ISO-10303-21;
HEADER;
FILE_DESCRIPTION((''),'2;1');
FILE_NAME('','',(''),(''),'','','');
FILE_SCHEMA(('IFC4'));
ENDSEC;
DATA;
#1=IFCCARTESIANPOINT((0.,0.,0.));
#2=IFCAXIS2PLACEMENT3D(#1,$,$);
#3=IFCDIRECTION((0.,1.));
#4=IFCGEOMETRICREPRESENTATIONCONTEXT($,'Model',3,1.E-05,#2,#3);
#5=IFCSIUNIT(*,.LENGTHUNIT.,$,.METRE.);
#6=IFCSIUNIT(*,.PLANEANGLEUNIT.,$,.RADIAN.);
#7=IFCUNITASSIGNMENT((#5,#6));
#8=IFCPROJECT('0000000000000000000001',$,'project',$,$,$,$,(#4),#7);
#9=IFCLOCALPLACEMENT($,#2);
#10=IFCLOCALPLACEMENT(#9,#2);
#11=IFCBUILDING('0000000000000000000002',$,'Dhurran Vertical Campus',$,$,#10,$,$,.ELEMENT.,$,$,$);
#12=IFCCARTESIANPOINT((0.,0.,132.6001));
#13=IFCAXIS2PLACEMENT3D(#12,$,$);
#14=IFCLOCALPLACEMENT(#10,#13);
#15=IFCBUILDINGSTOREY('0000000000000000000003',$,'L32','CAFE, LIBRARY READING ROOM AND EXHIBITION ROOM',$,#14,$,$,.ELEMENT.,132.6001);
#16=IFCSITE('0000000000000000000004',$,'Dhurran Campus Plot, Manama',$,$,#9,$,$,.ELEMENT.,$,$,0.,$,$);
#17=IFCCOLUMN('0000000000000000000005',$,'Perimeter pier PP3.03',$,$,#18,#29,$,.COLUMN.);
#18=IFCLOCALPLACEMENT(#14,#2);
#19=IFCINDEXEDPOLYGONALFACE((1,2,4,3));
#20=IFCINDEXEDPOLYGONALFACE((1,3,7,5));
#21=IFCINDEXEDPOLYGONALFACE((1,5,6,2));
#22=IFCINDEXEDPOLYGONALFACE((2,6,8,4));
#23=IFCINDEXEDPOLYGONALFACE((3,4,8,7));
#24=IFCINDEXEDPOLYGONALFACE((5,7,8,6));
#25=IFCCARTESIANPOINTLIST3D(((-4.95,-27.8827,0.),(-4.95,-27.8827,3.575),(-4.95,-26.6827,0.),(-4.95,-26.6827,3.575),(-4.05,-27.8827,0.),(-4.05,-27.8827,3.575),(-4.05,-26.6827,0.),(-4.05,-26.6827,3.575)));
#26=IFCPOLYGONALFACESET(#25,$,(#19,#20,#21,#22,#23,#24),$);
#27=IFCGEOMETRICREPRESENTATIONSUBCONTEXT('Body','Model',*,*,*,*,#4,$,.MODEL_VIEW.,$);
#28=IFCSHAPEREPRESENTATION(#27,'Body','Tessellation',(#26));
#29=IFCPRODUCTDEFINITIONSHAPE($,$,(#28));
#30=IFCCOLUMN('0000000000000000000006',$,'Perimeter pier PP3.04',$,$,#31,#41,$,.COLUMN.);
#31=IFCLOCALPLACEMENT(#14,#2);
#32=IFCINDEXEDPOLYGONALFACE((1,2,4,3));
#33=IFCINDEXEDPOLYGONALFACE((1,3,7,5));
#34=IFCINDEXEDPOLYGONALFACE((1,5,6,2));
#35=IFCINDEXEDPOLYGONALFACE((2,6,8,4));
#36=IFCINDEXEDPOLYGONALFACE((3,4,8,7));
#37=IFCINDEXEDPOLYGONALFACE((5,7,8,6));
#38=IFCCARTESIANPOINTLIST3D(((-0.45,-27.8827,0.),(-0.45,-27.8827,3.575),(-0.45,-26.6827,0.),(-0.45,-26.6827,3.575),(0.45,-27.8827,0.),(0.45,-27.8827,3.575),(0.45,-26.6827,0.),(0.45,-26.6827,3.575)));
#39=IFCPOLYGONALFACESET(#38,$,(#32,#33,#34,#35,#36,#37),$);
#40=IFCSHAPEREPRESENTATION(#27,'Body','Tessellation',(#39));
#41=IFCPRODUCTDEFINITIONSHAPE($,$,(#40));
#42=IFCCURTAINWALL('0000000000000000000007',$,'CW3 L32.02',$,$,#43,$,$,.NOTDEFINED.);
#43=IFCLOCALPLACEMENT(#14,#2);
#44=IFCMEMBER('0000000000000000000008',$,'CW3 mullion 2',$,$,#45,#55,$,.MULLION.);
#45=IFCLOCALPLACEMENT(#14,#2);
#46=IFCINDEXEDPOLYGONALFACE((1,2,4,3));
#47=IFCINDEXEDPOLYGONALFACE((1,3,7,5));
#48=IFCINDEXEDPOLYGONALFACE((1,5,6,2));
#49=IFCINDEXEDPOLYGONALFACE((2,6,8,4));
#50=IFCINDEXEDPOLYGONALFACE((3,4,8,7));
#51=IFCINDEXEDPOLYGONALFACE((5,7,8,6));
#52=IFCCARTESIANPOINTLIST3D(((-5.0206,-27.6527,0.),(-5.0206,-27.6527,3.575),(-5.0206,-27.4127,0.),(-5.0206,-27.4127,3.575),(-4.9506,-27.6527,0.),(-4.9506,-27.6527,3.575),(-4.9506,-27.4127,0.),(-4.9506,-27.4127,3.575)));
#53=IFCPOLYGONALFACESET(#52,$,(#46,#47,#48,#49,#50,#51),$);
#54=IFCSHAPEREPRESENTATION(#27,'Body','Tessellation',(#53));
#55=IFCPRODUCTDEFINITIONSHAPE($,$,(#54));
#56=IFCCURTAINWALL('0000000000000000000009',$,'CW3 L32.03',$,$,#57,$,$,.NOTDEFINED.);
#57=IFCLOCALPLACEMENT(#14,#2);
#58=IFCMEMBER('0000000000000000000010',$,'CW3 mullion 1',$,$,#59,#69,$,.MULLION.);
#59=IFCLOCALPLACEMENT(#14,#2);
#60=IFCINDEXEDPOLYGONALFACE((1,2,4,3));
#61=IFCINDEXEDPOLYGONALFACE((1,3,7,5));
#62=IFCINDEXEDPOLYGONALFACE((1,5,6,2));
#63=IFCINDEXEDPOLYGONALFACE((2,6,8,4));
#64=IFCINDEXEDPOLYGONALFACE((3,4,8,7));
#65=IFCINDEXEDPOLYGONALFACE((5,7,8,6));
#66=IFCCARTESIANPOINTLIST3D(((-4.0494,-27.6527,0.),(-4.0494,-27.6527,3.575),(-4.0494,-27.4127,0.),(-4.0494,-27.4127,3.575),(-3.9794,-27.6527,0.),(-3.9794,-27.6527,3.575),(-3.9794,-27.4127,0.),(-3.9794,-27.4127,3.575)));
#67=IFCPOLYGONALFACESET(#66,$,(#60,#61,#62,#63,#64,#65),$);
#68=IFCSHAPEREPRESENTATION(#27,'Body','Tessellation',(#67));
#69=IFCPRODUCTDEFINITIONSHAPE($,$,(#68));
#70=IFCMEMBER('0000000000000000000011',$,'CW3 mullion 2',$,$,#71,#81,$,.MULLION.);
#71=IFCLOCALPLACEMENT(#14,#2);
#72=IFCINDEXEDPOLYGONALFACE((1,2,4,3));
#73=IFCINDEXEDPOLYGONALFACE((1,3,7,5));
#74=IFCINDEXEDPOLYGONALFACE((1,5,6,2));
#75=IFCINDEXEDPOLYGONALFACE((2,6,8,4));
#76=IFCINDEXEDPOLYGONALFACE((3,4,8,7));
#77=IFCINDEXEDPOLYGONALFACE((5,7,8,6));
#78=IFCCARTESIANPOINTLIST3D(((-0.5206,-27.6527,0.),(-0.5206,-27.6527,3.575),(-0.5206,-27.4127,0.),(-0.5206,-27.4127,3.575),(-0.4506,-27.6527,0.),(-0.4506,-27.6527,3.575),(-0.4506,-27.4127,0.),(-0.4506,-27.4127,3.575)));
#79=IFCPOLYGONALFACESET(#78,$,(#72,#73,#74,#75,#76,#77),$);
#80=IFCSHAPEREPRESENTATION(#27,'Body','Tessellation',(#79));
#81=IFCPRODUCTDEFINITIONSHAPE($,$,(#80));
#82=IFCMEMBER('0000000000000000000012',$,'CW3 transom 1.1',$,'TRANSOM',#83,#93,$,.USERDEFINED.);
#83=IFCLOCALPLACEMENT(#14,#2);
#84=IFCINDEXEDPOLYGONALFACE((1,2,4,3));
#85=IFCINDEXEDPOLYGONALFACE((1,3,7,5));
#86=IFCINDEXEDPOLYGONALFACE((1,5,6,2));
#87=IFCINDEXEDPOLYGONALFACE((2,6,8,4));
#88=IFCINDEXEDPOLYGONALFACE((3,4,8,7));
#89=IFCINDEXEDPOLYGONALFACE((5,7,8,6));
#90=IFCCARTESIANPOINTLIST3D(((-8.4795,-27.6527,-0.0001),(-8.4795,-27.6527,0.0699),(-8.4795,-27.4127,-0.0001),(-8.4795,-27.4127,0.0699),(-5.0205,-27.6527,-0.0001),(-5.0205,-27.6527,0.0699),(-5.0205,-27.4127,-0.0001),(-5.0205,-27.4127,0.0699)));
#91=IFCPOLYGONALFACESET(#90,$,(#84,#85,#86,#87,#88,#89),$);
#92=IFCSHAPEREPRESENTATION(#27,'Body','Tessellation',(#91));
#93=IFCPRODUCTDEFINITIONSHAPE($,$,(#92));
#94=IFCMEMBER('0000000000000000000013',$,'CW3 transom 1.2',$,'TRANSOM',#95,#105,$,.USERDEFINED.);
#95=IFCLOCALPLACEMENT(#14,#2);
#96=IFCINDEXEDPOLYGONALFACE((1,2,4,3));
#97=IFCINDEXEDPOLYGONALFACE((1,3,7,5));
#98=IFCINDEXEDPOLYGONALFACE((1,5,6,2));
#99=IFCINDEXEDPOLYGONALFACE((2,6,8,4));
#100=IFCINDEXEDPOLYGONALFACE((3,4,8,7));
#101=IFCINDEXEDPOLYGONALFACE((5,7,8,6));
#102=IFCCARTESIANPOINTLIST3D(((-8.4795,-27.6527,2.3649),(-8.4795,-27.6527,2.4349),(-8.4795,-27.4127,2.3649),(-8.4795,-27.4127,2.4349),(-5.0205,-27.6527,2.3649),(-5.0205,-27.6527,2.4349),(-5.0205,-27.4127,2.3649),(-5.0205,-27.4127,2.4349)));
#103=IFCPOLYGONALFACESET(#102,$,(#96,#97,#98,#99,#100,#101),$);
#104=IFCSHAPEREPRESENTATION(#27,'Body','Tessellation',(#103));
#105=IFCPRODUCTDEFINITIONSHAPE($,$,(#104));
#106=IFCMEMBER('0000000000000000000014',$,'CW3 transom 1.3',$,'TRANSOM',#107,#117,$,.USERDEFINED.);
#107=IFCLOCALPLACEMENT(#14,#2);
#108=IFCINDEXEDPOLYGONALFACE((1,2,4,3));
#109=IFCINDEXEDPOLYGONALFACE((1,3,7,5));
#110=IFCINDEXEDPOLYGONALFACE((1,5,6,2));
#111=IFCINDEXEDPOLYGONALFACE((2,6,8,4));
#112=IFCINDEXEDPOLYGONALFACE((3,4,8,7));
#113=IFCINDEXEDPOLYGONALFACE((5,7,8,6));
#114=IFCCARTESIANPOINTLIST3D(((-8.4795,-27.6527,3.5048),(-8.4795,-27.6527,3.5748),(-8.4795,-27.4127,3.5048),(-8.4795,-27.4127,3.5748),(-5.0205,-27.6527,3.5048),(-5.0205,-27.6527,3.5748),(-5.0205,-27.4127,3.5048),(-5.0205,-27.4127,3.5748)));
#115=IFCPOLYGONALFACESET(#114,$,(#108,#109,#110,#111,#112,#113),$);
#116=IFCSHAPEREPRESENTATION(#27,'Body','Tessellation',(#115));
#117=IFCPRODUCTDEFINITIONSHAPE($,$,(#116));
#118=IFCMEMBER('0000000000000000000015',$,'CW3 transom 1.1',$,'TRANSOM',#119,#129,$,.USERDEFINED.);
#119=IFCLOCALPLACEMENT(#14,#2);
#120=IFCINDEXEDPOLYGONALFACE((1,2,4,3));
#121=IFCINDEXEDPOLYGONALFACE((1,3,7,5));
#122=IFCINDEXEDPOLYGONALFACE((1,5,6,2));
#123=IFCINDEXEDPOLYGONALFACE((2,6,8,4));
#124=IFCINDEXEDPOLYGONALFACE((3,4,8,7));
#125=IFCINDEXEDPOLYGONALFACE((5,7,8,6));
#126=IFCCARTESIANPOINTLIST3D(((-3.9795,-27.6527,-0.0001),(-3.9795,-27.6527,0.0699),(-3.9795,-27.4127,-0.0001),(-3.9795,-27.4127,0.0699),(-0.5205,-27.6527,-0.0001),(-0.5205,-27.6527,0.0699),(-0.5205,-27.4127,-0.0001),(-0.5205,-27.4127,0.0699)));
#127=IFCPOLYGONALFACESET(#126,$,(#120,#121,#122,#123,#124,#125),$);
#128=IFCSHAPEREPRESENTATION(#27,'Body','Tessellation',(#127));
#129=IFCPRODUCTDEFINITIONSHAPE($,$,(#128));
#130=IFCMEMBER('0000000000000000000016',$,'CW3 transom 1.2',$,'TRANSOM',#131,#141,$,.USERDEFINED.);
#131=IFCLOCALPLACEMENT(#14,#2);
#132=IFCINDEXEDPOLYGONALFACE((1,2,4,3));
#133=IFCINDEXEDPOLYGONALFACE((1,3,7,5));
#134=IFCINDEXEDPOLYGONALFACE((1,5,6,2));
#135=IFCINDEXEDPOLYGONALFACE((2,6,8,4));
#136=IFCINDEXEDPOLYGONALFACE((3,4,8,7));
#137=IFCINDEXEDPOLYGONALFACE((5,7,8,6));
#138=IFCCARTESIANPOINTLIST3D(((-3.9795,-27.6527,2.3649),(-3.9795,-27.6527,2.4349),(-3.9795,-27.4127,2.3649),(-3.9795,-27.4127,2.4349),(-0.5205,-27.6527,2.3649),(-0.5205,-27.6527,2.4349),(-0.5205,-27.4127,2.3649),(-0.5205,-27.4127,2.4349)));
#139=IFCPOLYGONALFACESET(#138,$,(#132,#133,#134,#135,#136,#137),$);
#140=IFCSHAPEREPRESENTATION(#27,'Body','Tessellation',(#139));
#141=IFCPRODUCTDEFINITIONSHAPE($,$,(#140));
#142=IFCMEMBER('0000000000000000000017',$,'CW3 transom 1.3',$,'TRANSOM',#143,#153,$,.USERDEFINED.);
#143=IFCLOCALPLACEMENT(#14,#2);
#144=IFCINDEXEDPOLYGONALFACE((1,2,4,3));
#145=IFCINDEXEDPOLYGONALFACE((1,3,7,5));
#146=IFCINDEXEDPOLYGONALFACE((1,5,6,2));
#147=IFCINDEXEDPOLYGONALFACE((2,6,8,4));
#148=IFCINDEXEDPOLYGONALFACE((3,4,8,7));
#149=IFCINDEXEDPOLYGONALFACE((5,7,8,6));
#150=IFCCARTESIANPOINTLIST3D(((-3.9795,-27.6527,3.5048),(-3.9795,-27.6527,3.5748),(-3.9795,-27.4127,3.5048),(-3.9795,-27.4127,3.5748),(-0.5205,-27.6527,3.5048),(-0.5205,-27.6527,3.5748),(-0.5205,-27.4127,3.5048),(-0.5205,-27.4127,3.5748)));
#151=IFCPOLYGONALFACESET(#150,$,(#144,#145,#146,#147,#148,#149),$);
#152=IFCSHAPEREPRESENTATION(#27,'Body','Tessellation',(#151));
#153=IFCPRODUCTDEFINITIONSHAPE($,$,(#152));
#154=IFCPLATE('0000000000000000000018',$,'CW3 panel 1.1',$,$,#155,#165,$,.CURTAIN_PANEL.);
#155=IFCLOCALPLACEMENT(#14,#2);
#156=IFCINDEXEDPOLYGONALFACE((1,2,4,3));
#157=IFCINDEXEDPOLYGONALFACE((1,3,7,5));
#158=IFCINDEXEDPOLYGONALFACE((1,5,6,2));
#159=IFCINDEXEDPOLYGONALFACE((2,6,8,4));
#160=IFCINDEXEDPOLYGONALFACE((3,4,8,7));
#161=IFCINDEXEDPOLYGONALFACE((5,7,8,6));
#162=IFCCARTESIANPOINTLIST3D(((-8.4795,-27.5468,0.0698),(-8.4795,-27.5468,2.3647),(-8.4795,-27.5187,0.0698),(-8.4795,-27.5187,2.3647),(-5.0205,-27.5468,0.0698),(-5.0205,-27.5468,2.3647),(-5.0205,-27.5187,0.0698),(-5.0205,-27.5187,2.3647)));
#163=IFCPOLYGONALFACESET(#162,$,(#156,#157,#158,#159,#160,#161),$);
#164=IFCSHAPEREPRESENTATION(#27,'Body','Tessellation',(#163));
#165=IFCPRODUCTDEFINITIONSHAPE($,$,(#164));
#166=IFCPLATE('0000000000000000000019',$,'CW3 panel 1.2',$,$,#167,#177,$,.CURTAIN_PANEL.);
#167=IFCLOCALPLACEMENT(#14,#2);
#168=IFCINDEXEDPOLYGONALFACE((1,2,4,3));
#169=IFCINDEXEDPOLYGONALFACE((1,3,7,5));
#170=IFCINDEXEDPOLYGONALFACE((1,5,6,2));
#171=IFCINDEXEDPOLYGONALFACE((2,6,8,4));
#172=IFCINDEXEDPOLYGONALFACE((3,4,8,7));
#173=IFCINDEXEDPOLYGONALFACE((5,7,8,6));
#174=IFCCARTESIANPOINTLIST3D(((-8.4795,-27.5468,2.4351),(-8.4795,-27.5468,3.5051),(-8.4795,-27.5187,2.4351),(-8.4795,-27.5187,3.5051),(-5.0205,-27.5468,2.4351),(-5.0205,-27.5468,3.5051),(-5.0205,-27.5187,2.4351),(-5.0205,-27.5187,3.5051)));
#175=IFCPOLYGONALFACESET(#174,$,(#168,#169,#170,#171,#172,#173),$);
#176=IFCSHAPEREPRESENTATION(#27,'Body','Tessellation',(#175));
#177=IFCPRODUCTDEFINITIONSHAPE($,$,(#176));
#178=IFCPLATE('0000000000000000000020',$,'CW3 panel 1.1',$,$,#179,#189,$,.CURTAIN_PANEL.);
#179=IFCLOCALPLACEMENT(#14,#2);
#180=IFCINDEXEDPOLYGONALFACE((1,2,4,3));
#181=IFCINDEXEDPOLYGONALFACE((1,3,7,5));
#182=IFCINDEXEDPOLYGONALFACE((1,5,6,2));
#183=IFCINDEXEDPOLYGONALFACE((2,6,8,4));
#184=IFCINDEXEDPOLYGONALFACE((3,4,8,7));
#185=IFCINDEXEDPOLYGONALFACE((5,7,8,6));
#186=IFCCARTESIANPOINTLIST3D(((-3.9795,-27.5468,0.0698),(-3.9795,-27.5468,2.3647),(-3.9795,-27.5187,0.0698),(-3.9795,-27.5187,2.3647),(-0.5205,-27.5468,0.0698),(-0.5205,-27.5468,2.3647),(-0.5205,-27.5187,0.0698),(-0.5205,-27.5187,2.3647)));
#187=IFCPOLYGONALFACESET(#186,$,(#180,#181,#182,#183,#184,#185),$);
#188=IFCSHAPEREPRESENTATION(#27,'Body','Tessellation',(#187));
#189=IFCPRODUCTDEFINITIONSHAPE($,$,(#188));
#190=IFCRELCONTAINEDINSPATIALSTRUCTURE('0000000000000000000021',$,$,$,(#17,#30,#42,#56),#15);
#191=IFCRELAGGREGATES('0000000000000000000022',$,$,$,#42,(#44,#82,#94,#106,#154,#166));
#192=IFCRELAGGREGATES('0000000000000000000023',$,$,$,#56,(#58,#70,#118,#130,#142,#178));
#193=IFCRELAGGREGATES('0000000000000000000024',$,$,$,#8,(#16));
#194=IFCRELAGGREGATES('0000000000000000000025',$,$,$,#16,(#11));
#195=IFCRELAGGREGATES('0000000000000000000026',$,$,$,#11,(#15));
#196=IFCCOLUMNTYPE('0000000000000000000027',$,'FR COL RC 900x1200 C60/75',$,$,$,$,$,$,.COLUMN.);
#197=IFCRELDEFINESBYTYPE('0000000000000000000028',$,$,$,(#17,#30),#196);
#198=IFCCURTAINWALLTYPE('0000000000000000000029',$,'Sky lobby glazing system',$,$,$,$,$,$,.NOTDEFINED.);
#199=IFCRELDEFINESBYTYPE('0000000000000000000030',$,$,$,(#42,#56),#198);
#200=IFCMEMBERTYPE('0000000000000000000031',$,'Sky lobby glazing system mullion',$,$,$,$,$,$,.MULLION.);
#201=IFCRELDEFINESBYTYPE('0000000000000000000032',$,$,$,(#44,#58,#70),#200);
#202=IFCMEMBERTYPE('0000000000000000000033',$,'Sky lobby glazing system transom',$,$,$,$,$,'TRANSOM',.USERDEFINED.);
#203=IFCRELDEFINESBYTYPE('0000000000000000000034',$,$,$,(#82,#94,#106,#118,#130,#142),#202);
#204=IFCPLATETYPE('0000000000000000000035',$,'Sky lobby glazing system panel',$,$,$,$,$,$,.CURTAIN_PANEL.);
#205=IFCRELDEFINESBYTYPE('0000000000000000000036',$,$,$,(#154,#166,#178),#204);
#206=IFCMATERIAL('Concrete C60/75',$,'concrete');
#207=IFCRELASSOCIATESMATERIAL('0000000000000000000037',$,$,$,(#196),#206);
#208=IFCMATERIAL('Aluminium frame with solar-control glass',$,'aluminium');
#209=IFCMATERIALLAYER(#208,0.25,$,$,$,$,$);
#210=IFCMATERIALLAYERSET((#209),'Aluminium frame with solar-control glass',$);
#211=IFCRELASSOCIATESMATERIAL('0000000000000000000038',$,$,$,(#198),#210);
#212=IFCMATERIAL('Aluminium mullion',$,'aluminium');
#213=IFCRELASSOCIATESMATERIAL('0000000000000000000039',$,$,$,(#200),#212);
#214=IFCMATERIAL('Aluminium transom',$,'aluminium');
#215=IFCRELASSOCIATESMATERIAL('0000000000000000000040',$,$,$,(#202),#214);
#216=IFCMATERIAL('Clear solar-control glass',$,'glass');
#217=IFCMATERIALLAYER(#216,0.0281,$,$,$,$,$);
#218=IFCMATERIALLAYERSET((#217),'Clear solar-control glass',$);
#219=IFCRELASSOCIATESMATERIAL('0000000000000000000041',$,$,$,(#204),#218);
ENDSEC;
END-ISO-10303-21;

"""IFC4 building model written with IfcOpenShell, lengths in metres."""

from ifc_helpers import new_model, si_unit, direction, frame, origin, origin_2d, place, context, subcontext, project, spatial, rectangle, extrude, material, layer, layer_set, material_profile, profile_set, type_object, element, aggregate, save


model = new_model("IFC4")

# Units and contexts
model_context = context("Model", 3, precision=1e-05, world=origin(), true_north=direction((0.0, 1.0)))
body_context = subcontext(model_context, "Body", "Model", "MODEL_VIEW")
ifc_project = project(units=[si_unit("LENGTHUNIT", "METRE"), si_unit("PLANEANGLEUNIT", "RADIAN")], contexts=[model_context])

# Site, building, storey
site_placement = place(None, origin())
site = spatial("IfcSite", under=ifc_project, at=site_placement, Name="Dhurran Campus Plot, Manama", CompositionType="ELEMENT", RefElevation=0.0)
building_placement = place(site_placement, origin())
building = spatial("IfcBuilding", under=site, at=building_placement, Name="Dhurran Vertical Campus", CompositionType="ELEMENT")
storey_placement = place(building_placement, frame((0.0, 0.0, 132.6001)))
storey = spatial("IfcBuildingStorey", under=building, at=storey_placement, Name="L32", Description="CAFE, LIBRARY READING ROOM AND EXHIBITION ROOM", CompositionType="ELEMENT", Elevation=132.6001)

# Columns
ifc_material_1 = material(Name="Concrete C60/75", Category="concrete")
ifc_material_profile_1 = material_profile(ifc_material_1, rectangle(XDim=0.8999, YDim=1.2, at=origin_2d()), Name="RC 900x1200")
ifc_profile_set_1 = profile_set([ifc_material_profile_1], Name="Concrete C60/75")
column_type = type_object("IfcColumnType", Name="FR COL RC 900x1200 C60/75", PredefinedType="COLUMN", material=ifc_profile_set_1)
for number, where, z_axis, x_axis, name in (
    (1, (-4.5, -27.2827, 0.0), (0.0, 0.0, 1.0), (1.0, 0.0, 0.0), "Perimeter pier PP3.03"),
    (2, (0.0, -27.2827, 0.0), (0.0, 0.0, 1.0), (1.0, 0.0, 0.0), "Perimeter pier PP3.04"),
):
    element("IfcColumn", number, at=place(storey_placement, frame(where, z_axis=z_axis, x_axis=x_axis)), inside=storey, type_object=column_type, Name=name, PredefinedType="COLUMN", context=body_context, shape_type="SweptSolid", body=[
        extrude(rectangle(XDim=0.8999, YDim=1.2, at=origin_2d()), origin(), (0.0, 0.0, 1.0), 3.575),
    ])

# Curtain wall, member
ifc_material_2 = material(Name="Aluminium frame with solar-control glass", Category="aluminium")
ifc_layer_1 = layer(ifc_material_2, 0.25)
ifc_layer_set_1 = layer_set([ifc_layer_1], Name="Aluminium frame with solar-control glass")
curtain_wall_type = type_object("IfcCurtainWallType", Name="Sky lobby glazing system", PredefinedType="NOTDEFINED", material=ifc_layer_set_1)
curtain_wall_1_placement = place(storey_placement, origin())
curtain_wall_1 = element("IfcCurtainWall", 3, at=curtain_wall_1_placement, inside=storey, type_object=curtain_wall_type, Name="CW3 L32.02", PredefinedType="NOTDEFINED")
ifc_material_3 = material(Name="Aluminium mullion", Category="aluminium")
ifc_material_profile_2 = material_profile(ifc_material_3, rectangle(XDim=0.24, YDim=0.0701, at=origin_2d()), Name="Sky lobby glazing system mullion")
ifc_profile_set_2 = profile_set([ifc_material_profile_2], Name="Aluminium mullion")
member_type_1 = type_object("IfcMemberType", Name="Sky lobby glazing system mullion", PredefinedType="MULLION", material=ifc_profile_set_2)
member_1_placement = place(storey_placement, frame((-4.9856, -27.5327, 0.0), z_axis=(0.0, 0.0, 1.0), x_axis=(0.0, 1.0, 0.0)))
member_1 = element("IfcMember", 4, at=member_1_placement, type_object=member_type_1, Name="CW3 mullion 2", PredefinedType="MULLION", context=body_context, shape_type="SweptSolid", body=[
    extrude(rectangle(XDim=0.24, YDim=0.0701, at=origin_2d()), origin(), (0.0, 0.0, 1.0), 3.575),
])

# Curtain wall, members
curtain_wall_2_placement = place(storey_placement, origin())
curtain_wall_2 = element("IfcCurtainWall", 5, at=curtain_wall_2_placement, inside=storey, type_object=curtain_wall_type, Name="CW3 L32.03", PredefinedType="NOTDEFINED")
member_2_placement = place(storey_placement, frame((-4.0144, -27.5327, 0.0), z_axis=(0.0, 0.0, 1.0), x_axis=(0.0, 1.0, 0.0)))
member_2 = element("IfcMember", 6, at=member_2_placement, type_object=member_type_1, Name="CW3 mullion 1", PredefinedType="MULLION", context=body_context, shape_type="SweptSolid", body=[
    extrude(rectangle(XDim=0.24, YDim=0.0701, at=origin_2d()), origin(), (0.0, 0.0, 1.0), 3.575),
])
member_3_placement = place(storey_placement, frame((-0.4856, -27.5327, 0.0), z_axis=(0.0, 0.0, 1.0), x_axis=(0.0, 1.0, 0.0)))
member_3 = element("IfcMember", 7, at=member_3_placement, type_object=member_type_1, Name="CW3 mullion 2", PredefinedType="MULLION", context=body_context, shape_type="SweptSolid", body=[
    extrude(rectangle(XDim=0.24, YDim=0.0701, at=origin_2d()), origin(), (0.0, 0.0, 1.0), 3.575),
])

# Members
ifc_material_4 = material(Name="Aluminium transom", Category="aluminium")
ifc_material_profile_3 = material_profile(ifc_material_4, rectangle(XDim=0.24, YDim=0.0701, at=origin_2d()), Name="Sky lobby glazing system transom")
ifc_profile_set_3 = profile_set([ifc_material_profile_3], Name="Aluminium transom")
member_type_2 = type_object("IfcMemberType", Name="Sky lobby glazing system transom", ElementType="TRANSOM", PredefinedType="USERDEFINED", material=ifc_profile_set_3)
member_4_placement = place(storey_placement, frame((-8.4795, -27.5327, 0.0349), z_axis=(1.0, 0.0, 0.0), x_axis=(0.0, 1.0, 0.0)))
member_4 = element("IfcMember", 8, at=member_4_placement, type_object=member_type_2, Name="CW3 transom 1.1", ObjectType="TRANSOM", PredefinedType="USERDEFINED", context=body_context, shape_type="SweptSolid", body=[
    extrude(rectangle(XDim=0.24, YDim=0.0701, at=origin_2d()), origin(), (0.0, 0.0, 1.0), 3.459),
])
member_5_placement = place(storey_placement, frame((-8.4795, -27.5327, 2.3999), z_axis=(1.0, 0.0, 0.0), x_axis=(0.0, 1.0, 0.0)))
member_5 = element("IfcMember", 9, at=member_5_placement, type_object=member_type_2, Name="CW3 transom 1.2", ObjectType="TRANSOM", PredefinedType="USERDEFINED", context=body_context, shape_type="SweptSolid", body=[
    extrude(rectangle(XDim=0.24, YDim=0.0701, at=origin_2d()), origin(), (0.0, 0.0, 1.0), 3.459),
])
member_6_placement = place(storey_placement, frame((-8.4795, -27.5327, 3.5398), z_axis=(1.0, 0.0, 0.0), x_axis=(0.0, 1.0, 0.0)))
member_6 = element("IfcMember", 10, at=member_6_placement, type_object=member_type_2, Name="CW3 transom 1.3", ObjectType="TRANSOM", PredefinedType="USERDEFINED", context=body_context, shape_type="SweptSolid", body=[
    extrude(rectangle(XDim=0.24, YDim=0.0701, at=origin_2d()), origin(), (0.0, 0.0, 1.0), 3.459),
])
member_7_placement = place(storey_placement, frame((-3.9795, -27.5327, 0.0349), z_axis=(1.0, 0.0, 0.0), x_axis=(0.0, 1.0, 0.0)))
member_7 = element("IfcMember", 11, at=member_7_placement, type_object=member_type_2, Name="CW3 transom 1.1", ObjectType="TRANSOM", PredefinedType="USERDEFINED", context=body_context, shape_type="SweptSolid", body=[
    extrude(rectangle(XDim=0.24, YDim=0.0701, at=origin_2d()), origin(), (0.0, 0.0, 1.0), 3.459),
])
member_8_placement = place(storey_placement, frame((-3.9795, -27.5327, 2.3999), z_axis=(1.0, 0.0, 0.0), x_axis=(0.0, 1.0, 0.0)))
member_8 = element("IfcMember", 12, at=member_8_placement, type_object=member_type_2, Name="CW3 transom 1.2", ObjectType="TRANSOM", PredefinedType="USERDEFINED", context=body_context, shape_type="SweptSolid", body=[
    extrude(rectangle(XDim=0.24, YDim=0.0701, at=origin_2d()), origin(), (0.0, 0.0, 1.0), 3.459),
])
member_9_placement = place(storey_placement, frame((-3.9795, -27.5327, 3.5398), z_axis=(1.0, 0.0, 0.0), x_axis=(0.0, 1.0, 0.0)))
member_9 = element("IfcMember", 13, at=member_9_placement, type_object=member_type_2, Name="CW3 transom 1.3", ObjectType="TRANSOM", PredefinedType="USERDEFINED", context=body_context, shape_type="SweptSolid", body=[
    extrude(rectangle(XDim=0.24, YDim=0.0701, at=origin_2d()), origin(), (0.0, 0.0, 1.0), 3.459),
])

# Plates
ifc_material_5 = material(Name="Clear solar-control glass", Category="glass")
ifc_layer_2 = layer(ifc_material_5, 0.0281)
ifc_layer_set_2 = layer_set([ifc_layer_2], Name="Clear solar-control glass")
plate_type = type_object("IfcPlateType", Name="Sky lobby glazing system panel", PredefinedType="CURTAIN_PANEL", material=ifc_layer_set_2)
plate_1_placement = place(storey_placement, frame((-6.75, -27.5327, 0.0698), z_axis=(0.0, 0.0, 1.0), x_axis=(1.0, 0.0, 0.0)))
plate_1 = element("IfcPlate", 14, at=plate_1_placement, type_object=plate_type, Name="CW3 panel 1.1", PredefinedType="CURTAIN_PANEL", context=body_context, shape_type="SweptSolid", body=[
    extrude(rectangle(XDim=3.459, YDim=0.0281, at=origin_2d()), origin(), (0.0, 0.0, 1.0), 2.2949),
])
plate_2_placement = place(storey_placement, frame((-6.75, -27.5327, 2.4351), z_axis=(0.0, 0.0, 1.0), x_axis=(1.0, 0.0, 0.0)))
plate_2 = element("IfcPlate", 15, at=plate_2_placement, type_object=plate_type, Name="CW3 panel 1.2", PredefinedType="CURTAIN_PANEL", context=body_context, shape_type="SweptSolid", body=[
    extrude(rectangle(XDim=3.459, YDim=0.0281, at=origin_2d()), origin(), (0.0, 0.0, 1.0), 1.0701),
])
aggregate(curtain_wall_1, [member_1, member_4, member_5, member_6, plate_1, plate_2])
plate_3_placement = place(storey_placement, frame((-2.25, -27.5327, 0.0698), z_axis=(0.0, 0.0, 1.0), x_axis=(1.0, 0.0, 0.0)))
plate_3 = element("IfcPlate", 16, at=plate_3_placement, type_object=plate_type, Name="CW3 panel 1.1", PredefinedType="CURTAIN_PANEL", context=body_context, shape_type="SweptSolid", body=[
    extrude(rectangle(XDim=3.459, YDim=0.0281, at=origin_2d()), origin(), (0.0, 0.0, 1.0), 2.2949),
])
aggregate(curtain_wall_2, [member_2, member_3, member_7, member_8, member_9, plate_3])

save(model, "model.ifc")
